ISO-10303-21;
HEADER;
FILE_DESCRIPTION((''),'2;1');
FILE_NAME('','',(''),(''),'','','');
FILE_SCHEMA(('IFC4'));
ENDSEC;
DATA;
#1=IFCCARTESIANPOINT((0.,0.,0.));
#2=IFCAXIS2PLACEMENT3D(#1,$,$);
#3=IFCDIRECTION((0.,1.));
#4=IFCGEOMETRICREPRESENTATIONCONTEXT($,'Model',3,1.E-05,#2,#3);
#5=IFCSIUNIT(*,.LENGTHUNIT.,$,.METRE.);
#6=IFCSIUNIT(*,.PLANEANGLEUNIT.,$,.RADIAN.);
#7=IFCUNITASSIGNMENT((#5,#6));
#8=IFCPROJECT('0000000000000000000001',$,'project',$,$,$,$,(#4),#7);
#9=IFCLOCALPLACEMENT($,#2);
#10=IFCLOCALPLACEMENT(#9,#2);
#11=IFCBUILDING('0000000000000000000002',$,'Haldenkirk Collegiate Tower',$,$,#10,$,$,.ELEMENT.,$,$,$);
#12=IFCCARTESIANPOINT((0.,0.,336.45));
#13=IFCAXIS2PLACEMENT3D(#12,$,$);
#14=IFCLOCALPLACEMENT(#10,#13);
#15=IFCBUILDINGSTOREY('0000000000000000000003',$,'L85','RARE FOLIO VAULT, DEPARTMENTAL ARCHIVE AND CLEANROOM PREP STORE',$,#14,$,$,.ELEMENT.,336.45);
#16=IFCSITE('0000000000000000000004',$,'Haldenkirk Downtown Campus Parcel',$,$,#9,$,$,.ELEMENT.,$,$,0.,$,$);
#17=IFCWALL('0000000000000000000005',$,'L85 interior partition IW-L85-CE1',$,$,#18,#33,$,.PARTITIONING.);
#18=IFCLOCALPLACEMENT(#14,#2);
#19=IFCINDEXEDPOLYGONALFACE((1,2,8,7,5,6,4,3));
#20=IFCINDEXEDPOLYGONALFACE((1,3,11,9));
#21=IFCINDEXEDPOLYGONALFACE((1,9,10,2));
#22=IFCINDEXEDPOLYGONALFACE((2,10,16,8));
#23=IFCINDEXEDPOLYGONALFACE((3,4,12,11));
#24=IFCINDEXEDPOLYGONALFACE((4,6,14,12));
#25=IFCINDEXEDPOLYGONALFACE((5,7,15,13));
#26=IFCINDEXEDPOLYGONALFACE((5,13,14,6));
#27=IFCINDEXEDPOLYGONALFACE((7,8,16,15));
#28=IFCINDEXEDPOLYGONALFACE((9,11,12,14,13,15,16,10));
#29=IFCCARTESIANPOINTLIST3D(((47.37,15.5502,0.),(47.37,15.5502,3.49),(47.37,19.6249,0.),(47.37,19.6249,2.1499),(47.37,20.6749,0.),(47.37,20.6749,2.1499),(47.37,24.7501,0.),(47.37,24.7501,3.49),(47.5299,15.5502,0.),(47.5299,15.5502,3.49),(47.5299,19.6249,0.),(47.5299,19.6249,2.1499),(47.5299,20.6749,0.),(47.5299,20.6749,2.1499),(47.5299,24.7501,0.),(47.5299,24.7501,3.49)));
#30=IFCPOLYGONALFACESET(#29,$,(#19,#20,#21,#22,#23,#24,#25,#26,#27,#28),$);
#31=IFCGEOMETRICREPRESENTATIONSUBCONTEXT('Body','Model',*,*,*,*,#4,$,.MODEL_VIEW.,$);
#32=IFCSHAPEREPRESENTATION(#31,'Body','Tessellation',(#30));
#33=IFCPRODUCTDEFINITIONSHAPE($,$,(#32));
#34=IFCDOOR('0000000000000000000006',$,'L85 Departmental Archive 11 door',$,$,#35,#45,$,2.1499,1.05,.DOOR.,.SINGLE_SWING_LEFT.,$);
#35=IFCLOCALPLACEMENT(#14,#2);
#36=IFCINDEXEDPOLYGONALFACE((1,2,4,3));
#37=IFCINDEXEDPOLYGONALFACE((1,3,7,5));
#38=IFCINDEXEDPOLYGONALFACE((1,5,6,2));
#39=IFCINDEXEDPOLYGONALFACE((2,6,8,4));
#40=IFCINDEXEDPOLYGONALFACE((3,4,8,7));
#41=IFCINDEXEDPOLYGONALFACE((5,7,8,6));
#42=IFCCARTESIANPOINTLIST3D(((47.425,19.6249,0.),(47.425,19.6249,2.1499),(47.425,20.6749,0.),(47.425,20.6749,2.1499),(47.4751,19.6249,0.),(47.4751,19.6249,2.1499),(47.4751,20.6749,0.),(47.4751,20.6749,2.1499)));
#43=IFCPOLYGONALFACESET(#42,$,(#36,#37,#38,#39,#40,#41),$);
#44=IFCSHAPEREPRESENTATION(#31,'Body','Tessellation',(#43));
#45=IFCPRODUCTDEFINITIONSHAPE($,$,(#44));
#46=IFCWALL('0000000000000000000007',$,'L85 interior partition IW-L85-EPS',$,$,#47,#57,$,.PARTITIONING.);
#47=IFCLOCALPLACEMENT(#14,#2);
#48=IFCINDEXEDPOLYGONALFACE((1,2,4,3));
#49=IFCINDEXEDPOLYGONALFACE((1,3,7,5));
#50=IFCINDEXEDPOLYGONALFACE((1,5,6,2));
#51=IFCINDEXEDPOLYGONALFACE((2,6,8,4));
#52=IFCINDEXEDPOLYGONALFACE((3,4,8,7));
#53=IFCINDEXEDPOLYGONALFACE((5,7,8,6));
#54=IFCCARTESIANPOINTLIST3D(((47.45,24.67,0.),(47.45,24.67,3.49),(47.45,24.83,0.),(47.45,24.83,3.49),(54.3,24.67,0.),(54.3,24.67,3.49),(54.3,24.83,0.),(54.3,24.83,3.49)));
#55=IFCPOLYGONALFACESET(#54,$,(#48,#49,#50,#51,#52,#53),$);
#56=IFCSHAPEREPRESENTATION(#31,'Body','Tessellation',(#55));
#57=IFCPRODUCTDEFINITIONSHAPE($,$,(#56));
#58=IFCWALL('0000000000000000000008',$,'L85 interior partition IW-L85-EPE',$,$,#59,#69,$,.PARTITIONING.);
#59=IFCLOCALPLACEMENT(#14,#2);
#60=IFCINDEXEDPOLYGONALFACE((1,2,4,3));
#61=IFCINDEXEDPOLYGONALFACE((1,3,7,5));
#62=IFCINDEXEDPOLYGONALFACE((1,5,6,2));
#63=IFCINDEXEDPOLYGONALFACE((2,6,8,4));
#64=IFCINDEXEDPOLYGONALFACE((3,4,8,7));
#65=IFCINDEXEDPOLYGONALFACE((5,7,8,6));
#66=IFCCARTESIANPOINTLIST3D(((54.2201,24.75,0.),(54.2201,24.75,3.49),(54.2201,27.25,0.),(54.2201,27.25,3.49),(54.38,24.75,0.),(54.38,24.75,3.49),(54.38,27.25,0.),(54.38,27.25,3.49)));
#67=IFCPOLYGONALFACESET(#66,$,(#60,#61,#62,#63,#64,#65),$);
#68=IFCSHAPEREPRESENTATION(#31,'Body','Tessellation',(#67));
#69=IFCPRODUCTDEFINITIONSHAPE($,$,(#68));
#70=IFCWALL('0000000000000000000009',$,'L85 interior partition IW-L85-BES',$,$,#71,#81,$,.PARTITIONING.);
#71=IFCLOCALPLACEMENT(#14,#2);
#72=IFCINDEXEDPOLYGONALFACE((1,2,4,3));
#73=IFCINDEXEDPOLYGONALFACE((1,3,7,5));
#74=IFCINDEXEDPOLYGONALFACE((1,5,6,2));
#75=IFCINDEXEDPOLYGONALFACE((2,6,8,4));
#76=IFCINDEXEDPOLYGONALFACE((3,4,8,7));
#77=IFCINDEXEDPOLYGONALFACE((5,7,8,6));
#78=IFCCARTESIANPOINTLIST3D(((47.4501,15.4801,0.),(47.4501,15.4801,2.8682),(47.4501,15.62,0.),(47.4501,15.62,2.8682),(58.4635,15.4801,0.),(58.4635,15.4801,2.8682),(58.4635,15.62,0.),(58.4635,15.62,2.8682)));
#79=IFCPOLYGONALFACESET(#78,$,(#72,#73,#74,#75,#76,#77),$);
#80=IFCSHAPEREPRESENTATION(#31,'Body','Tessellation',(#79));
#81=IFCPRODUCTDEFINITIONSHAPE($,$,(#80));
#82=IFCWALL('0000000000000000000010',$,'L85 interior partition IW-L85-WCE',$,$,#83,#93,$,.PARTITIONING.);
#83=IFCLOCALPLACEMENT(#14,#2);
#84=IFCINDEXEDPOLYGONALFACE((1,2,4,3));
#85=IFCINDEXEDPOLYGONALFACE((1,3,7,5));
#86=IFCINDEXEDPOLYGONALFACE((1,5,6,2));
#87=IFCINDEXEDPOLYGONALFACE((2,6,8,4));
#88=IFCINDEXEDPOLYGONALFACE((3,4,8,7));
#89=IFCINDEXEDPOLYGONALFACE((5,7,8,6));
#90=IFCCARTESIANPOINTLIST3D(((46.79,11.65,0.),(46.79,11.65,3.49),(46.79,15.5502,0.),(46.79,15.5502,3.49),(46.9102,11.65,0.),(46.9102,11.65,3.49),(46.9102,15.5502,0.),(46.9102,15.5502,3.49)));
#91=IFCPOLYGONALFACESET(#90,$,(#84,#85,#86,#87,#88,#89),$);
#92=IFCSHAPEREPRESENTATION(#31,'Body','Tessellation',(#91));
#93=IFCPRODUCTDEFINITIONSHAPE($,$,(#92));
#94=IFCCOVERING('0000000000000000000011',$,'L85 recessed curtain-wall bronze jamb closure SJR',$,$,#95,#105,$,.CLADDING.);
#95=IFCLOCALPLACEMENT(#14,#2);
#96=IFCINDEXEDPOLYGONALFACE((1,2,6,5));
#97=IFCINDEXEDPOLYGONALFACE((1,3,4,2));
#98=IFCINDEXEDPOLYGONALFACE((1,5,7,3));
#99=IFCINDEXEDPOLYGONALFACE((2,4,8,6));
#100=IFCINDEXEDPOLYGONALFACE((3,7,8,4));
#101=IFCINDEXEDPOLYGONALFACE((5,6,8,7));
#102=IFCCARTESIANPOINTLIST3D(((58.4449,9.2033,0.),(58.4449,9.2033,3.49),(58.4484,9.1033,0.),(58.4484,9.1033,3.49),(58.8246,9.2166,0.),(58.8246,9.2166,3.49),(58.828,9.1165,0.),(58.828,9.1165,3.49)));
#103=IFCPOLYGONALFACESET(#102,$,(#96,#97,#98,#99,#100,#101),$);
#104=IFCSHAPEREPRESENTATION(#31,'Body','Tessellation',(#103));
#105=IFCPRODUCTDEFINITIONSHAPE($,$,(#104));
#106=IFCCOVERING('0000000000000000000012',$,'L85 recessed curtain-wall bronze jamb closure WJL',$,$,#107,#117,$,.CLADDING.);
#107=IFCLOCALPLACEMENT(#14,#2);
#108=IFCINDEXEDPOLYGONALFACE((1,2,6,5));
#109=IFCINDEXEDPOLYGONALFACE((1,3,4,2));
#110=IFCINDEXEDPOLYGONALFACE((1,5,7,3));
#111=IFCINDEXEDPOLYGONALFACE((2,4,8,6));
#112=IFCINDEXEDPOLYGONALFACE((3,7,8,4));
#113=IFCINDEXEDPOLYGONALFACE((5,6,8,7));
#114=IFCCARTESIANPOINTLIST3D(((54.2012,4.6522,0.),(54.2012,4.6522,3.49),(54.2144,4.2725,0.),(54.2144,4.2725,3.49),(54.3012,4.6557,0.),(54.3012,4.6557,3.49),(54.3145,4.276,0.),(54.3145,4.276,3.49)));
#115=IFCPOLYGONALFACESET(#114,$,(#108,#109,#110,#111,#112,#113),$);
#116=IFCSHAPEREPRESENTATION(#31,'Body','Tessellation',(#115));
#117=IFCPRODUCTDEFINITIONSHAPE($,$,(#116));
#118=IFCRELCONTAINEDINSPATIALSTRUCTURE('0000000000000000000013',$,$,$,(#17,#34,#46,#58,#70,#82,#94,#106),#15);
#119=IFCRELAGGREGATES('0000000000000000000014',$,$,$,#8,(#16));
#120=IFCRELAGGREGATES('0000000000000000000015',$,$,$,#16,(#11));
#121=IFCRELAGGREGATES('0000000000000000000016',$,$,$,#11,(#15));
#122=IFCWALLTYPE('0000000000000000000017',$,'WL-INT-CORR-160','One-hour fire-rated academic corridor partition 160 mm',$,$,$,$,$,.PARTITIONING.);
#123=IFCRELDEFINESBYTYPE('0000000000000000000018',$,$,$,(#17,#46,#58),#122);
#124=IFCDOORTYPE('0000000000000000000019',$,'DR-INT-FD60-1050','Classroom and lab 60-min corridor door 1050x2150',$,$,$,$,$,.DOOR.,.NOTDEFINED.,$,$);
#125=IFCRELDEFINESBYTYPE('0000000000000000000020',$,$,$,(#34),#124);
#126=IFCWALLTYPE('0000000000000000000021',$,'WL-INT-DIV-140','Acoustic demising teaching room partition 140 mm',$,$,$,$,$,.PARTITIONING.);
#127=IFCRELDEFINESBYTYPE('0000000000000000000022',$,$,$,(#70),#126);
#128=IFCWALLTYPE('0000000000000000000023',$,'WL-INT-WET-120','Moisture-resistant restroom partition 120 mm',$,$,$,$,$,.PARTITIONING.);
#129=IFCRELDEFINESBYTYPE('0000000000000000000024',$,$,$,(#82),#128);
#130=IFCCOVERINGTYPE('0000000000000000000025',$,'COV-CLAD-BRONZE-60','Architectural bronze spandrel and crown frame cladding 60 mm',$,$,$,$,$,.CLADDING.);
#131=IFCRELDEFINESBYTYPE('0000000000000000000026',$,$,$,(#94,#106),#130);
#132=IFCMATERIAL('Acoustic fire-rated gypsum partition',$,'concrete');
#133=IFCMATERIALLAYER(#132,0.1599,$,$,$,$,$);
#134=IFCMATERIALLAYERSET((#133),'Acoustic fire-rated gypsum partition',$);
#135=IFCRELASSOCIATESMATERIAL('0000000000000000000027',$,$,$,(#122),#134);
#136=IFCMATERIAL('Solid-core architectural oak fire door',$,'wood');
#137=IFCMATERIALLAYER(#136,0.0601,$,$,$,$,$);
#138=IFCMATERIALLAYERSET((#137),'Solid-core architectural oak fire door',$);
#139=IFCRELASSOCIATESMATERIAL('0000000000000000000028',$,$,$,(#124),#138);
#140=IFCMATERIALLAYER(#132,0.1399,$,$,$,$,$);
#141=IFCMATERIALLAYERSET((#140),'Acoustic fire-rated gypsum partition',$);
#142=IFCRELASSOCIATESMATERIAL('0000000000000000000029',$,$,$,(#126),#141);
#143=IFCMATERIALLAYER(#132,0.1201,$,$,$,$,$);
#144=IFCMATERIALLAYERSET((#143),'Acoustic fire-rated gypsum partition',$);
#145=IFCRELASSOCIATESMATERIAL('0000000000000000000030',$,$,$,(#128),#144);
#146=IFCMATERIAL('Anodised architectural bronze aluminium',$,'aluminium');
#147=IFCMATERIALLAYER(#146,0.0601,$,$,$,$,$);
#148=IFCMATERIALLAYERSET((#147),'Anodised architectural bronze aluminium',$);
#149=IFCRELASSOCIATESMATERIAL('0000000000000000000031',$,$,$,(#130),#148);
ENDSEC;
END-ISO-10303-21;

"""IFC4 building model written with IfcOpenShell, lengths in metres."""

from ifc_helpers import new_model, si_unit, direction, frame, frame_2d, origin, origin_2d, place, context, subcontext, project, spatial, rectangle, extrude, source, transform, mapped, material, layer, layer_set, type_object, element, fill, save


model = new_model("IFC4")

# Units and contexts
model_context = context("Model", 3, precision=1e-05, world=origin(), true_north=direction((0.0, 1.0)))
body_context = subcontext(model_context, "Body", "Model", "MODEL_VIEW")
ifc_project = project(units=[si_unit("LENGTHUNIT", "METRE"), si_unit("PLANEANGLEUNIT", "RADIAN")], contexts=[model_context])

# Site, building, storey
site_placement = place(None, origin())
site = spatial("IfcSite", under=ifc_project, at=site_placement, Name="Haldenkirk Downtown Campus Parcel", CompositionType="ELEMENT", RefElevation=0.0)
building_placement = place(site_placement, origin())
building = spatial("IfcBuilding", under=site, at=building_placement, Name="Haldenkirk Collegiate Tower", CompositionType="ELEMENT")
storey_placement = place(building_placement, frame((0.0, 0.0, 336.45)))
storey = spatial("IfcBuildingStorey", under=building, at=storey_placement, Name="L85", Description="RARE FOLIO VAULT, DEPARTMENTAL ARCHIVE AND CLEANROOM PREP STORE", CompositionType="ELEMENT", Elevation=336.45)

# Shared definitions
ifc_material_1 = material(Name="Anodised architectural bronze aluminium", Category="aluminium")

# Wall, opening, door
ifc_material_2 = material(Name="Acoustic fire-rated gypsum partition", Category="concrete")
ifc_layer_1 = layer(ifc_material_2, 0.1599)
ifc_layer_set_1 = layer_set([ifc_layer_1], Name="Acoustic fire-rated gypsum partition")
wall_type_1 = type_object("IfcWallType", Name="WL-INT-CORR-160", Description="One-hour fire-rated academic corridor partition 160 mm", PredefinedType="PARTITIONING", material=ifc_layer_set_1)
wall_1_placement = place(storey_placement, frame((47.45, 15.55, 0.0), z_axis=(0.0, 0.0, 1.0), x_axis=(0.0, 1.0, 0.0)))
wall_1 = element("IfcWall", 1, at=wall_1_placement, inside=storey, type_object=wall_type_1, Name="L85 interior partition IW-L85-CE1", PredefinedType="PARTITIONING", context=body_context, shape_type="SweptSolid", body=[
    extrude(rectangle(XDim=9.2, YDim=0.1599, at=frame_2d((4.6001, 0.0))), origin(), (0.0, 0.0, 1.0), 3.49),
])
opening_1_placement = place(wall_1_placement, frame((4.075, 0.0, 0.0)))
opening_1 = element("IfcOpeningElement", 2, at=opening_1_placement, cuts=wall_1, PredefinedType="OPENING", context=body_context, shape_type="SweptSolid", body=[
    extrude(rectangle(XDim=1.05, YDim=2.1499, at=frame_2d((0.5249, 1.075))), frame((0.0, 0.0898, 0.0), z_axis=(0.0, -1.0, 0.0), x_axis=(1.0, 0.0, 0.0)), (0.0, 0.0, 1.0), 0.1799),
])
ifc_material_3 = material(Name="Solid-core architectural oak fire door", Category="wood")
ifc_layer_2 = layer(ifc_material_3, 0.0601)
ifc_layer_set_2 = layer_set([ifc_layer_2], Name="Solid-core architectural oak fire door")
door_type_1 = type_object("IfcDoorType", Name="DR-INT-FD60-1050", Description="Classroom and lab 60-min corridor door 1050x2150", OperationType="NOTDEFINED", PredefinedType="DOOR", material=ifc_layer_set_2)
door_1_placement = place(opening_1_placement, origin())
door_1 = element("IfcDoor", 3, at=door_1_placement, inside=storey, type_object=door_type_1, Name="L85 Departmental Archive 11 door", OperationType="SINGLE_SWING_LEFT", OverallHeight=2.1499, OverallWidth=1.05, PredefinedType="DOOR", context=body_context, shape_type="SweptSolid", body=[
    extrude(rectangle(XDim=1.05, YDim=2.1499, at=frame_2d((0.5249, 1.075))), frame((0.0, 0.0249, 0.0), z_axis=(0.0, -1.0, 0.0), x_axis=(1.0, 0.0, 0.0)), (0.0, 0.0, 1.0), 0.05),
])
fill(opening_1, door_1)

# Walls
wall_2_placement = place(storey_placement, frame((47.45, 24.75, 0.0), z_axis=(0.0, 0.0, 1.0), x_axis=(1.0, 0.0, 0.0)))
element("IfcWall", 4, at=wall_2_placement, inside=storey, type_object=wall_type_1, Name="L85 interior partition IW-L85-EPS", PredefinedType="PARTITIONING", context=body_context, shape_type="SweptSolid", body=[
    extrude(rectangle(XDim=6.8501, YDim=0.1599, at=frame_2d((3.425, 0.0))), origin(), (0.0, 0.0, 1.0), 3.49),
])
wall_3_placement = place(storey_placement, frame((54.3, 24.75, 0.0), z_axis=(0.0, 0.0, 1.0), x_axis=(0.0, 1.0, 0.0)))
element("IfcWall", 5, at=wall_3_placement, inside=storey, type_object=wall_type_1, Name="L85 interior partition IW-L85-EPE", PredefinedType="PARTITIONING", context=body_context, shape_type="SweptSolid", body=[
    extrude(rectangle(XDim=2.5, YDim=0.1599, at=frame_2d((1.25, 0.0))), origin(), (0.0, 0.0, 1.0), 3.49),
])
ifc_layer_3 = layer(ifc_material_2, 0.1399)
ifc_layer_set_3 = layer_set([ifc_layer_3], Name="Acoustic fire-rated gypsum partition")
wall_type_2 = type_object("IfcWallType", Name="WL-INT-DIV-140", Description="Acoustic demising teaching room partition 140 mm", PredefinedType="PARTITIONING", material=ifc_layer_set_3)
wall_4_placement = place(storey_placement, frame((47.45, 15.55, 0.0), z_axis=(0.0, 0.0, 1.0), x_axis=(1.0, 0.0, 0.0)))
element("IfcWall", 6, at=wall_4_placement, inside=storey, type_object=wall_type_2, Name="L85 interior partition IW-L85-BES", PredefinedType="PARTITIONING", context=body_context, shape_type="SweptSolid", body=[
    extrude(rectangle(XDim=11.0134, YDim=0.1399, at=frame_2d((5.5068, 0.0))), origin(), (0.0, 0.0, 1.0), 2.8682),
])
ifc_layer_4 = layer(ifc_material_2, 0.1201)
ifc_layer_set_4 = layer_set([ifc_layer_4], Name="Acoustic fire-rated gypsum partition")
wall_type_3 = type_object("IfcWallType", Name="WL-INT-WET-120", Description="Moisture-resistant restroom partition 120 mm", PredefinedType="PARTITIONING", material=ifc_layer_set_4)
wall_5_placement = place(storey_placement, frame((46.8501, 11.6499, 0.0), z_axis=(0.0, 0.0, 1.0), x_axis=(0.0, 1.0, 0.0)))
element("IfcWall", 7, at=wall_5_placement, inside=storey, type_object=wall_type_3, Name="L85 interior partition IW-L85-WCE", PredefinedType="PARTITIONING", context=body_context, shape_type="SweptSolid", body=[
    extrude(rectangle(XDim=3.9001, YDim=0.1201, at=frame_2d((1.9502, 0.0))), origin(), (0.0, 0.0, 1.0), 3.49),
])

# Coverings
ifc_layer_5 = layer(ifc_material_1, 0.0601)
ifc_layer_set_5 = layer_set([ifc_layer_5], Name="Anodised architectural bronze aluminium")
covering_type = type_object("IfcCoveringType", Name="COV-CLAD-BRONZE-60", Description="Architectural bronze spandrel and crown frame cladding 60 mm", PredefinedType="CLADDING", material=ifc_layer_set_5)
shared_shape_1 = source(origin(), body_context, "Body", "SweptSolid", [
    extrude(rectangle(XDim=0.1001, YDim=0.3799, at=origin_2d()), origin(), (0.0, 0.0, 1.0), 3.49),
])
for number, where, z_axis, x_axis, name in (
    (8, (58.6365, 9.1599, 0.0), (0.0, 0.0, 1.0), (0.034899, -0.999391, 0.0), "L85 recessed curtain-wall bronze jamb closure SJR"),
    (9, (54.2578, 4.4641, 0.0), (0.0, 0.0, 1.0), (-0.999391, -0.034899, 0.0), "L85 recessed curtain-wall bronze jamb closure WJL"),
):
    element("IfcCovering", number, at=place(storey_placement, frame(where, z_axis=z_axis, x_axis=x_axis)), inside=storey, type_object=covering_type, Name=name, PredefinedType="CLADDING", context=body_context, shape_type="MappedRepresentation", body=[
        mapped(shared_shape_1, transform((0.0, 0.0, 0.0), x_axis=(1.0, 0.0, 0.0), y_axis=(0.0, 1.0, 0.0), z_axis=(0.0, 0.0, 1.0), scale=1.0)),
    ])

save(model, "model.ifc")
